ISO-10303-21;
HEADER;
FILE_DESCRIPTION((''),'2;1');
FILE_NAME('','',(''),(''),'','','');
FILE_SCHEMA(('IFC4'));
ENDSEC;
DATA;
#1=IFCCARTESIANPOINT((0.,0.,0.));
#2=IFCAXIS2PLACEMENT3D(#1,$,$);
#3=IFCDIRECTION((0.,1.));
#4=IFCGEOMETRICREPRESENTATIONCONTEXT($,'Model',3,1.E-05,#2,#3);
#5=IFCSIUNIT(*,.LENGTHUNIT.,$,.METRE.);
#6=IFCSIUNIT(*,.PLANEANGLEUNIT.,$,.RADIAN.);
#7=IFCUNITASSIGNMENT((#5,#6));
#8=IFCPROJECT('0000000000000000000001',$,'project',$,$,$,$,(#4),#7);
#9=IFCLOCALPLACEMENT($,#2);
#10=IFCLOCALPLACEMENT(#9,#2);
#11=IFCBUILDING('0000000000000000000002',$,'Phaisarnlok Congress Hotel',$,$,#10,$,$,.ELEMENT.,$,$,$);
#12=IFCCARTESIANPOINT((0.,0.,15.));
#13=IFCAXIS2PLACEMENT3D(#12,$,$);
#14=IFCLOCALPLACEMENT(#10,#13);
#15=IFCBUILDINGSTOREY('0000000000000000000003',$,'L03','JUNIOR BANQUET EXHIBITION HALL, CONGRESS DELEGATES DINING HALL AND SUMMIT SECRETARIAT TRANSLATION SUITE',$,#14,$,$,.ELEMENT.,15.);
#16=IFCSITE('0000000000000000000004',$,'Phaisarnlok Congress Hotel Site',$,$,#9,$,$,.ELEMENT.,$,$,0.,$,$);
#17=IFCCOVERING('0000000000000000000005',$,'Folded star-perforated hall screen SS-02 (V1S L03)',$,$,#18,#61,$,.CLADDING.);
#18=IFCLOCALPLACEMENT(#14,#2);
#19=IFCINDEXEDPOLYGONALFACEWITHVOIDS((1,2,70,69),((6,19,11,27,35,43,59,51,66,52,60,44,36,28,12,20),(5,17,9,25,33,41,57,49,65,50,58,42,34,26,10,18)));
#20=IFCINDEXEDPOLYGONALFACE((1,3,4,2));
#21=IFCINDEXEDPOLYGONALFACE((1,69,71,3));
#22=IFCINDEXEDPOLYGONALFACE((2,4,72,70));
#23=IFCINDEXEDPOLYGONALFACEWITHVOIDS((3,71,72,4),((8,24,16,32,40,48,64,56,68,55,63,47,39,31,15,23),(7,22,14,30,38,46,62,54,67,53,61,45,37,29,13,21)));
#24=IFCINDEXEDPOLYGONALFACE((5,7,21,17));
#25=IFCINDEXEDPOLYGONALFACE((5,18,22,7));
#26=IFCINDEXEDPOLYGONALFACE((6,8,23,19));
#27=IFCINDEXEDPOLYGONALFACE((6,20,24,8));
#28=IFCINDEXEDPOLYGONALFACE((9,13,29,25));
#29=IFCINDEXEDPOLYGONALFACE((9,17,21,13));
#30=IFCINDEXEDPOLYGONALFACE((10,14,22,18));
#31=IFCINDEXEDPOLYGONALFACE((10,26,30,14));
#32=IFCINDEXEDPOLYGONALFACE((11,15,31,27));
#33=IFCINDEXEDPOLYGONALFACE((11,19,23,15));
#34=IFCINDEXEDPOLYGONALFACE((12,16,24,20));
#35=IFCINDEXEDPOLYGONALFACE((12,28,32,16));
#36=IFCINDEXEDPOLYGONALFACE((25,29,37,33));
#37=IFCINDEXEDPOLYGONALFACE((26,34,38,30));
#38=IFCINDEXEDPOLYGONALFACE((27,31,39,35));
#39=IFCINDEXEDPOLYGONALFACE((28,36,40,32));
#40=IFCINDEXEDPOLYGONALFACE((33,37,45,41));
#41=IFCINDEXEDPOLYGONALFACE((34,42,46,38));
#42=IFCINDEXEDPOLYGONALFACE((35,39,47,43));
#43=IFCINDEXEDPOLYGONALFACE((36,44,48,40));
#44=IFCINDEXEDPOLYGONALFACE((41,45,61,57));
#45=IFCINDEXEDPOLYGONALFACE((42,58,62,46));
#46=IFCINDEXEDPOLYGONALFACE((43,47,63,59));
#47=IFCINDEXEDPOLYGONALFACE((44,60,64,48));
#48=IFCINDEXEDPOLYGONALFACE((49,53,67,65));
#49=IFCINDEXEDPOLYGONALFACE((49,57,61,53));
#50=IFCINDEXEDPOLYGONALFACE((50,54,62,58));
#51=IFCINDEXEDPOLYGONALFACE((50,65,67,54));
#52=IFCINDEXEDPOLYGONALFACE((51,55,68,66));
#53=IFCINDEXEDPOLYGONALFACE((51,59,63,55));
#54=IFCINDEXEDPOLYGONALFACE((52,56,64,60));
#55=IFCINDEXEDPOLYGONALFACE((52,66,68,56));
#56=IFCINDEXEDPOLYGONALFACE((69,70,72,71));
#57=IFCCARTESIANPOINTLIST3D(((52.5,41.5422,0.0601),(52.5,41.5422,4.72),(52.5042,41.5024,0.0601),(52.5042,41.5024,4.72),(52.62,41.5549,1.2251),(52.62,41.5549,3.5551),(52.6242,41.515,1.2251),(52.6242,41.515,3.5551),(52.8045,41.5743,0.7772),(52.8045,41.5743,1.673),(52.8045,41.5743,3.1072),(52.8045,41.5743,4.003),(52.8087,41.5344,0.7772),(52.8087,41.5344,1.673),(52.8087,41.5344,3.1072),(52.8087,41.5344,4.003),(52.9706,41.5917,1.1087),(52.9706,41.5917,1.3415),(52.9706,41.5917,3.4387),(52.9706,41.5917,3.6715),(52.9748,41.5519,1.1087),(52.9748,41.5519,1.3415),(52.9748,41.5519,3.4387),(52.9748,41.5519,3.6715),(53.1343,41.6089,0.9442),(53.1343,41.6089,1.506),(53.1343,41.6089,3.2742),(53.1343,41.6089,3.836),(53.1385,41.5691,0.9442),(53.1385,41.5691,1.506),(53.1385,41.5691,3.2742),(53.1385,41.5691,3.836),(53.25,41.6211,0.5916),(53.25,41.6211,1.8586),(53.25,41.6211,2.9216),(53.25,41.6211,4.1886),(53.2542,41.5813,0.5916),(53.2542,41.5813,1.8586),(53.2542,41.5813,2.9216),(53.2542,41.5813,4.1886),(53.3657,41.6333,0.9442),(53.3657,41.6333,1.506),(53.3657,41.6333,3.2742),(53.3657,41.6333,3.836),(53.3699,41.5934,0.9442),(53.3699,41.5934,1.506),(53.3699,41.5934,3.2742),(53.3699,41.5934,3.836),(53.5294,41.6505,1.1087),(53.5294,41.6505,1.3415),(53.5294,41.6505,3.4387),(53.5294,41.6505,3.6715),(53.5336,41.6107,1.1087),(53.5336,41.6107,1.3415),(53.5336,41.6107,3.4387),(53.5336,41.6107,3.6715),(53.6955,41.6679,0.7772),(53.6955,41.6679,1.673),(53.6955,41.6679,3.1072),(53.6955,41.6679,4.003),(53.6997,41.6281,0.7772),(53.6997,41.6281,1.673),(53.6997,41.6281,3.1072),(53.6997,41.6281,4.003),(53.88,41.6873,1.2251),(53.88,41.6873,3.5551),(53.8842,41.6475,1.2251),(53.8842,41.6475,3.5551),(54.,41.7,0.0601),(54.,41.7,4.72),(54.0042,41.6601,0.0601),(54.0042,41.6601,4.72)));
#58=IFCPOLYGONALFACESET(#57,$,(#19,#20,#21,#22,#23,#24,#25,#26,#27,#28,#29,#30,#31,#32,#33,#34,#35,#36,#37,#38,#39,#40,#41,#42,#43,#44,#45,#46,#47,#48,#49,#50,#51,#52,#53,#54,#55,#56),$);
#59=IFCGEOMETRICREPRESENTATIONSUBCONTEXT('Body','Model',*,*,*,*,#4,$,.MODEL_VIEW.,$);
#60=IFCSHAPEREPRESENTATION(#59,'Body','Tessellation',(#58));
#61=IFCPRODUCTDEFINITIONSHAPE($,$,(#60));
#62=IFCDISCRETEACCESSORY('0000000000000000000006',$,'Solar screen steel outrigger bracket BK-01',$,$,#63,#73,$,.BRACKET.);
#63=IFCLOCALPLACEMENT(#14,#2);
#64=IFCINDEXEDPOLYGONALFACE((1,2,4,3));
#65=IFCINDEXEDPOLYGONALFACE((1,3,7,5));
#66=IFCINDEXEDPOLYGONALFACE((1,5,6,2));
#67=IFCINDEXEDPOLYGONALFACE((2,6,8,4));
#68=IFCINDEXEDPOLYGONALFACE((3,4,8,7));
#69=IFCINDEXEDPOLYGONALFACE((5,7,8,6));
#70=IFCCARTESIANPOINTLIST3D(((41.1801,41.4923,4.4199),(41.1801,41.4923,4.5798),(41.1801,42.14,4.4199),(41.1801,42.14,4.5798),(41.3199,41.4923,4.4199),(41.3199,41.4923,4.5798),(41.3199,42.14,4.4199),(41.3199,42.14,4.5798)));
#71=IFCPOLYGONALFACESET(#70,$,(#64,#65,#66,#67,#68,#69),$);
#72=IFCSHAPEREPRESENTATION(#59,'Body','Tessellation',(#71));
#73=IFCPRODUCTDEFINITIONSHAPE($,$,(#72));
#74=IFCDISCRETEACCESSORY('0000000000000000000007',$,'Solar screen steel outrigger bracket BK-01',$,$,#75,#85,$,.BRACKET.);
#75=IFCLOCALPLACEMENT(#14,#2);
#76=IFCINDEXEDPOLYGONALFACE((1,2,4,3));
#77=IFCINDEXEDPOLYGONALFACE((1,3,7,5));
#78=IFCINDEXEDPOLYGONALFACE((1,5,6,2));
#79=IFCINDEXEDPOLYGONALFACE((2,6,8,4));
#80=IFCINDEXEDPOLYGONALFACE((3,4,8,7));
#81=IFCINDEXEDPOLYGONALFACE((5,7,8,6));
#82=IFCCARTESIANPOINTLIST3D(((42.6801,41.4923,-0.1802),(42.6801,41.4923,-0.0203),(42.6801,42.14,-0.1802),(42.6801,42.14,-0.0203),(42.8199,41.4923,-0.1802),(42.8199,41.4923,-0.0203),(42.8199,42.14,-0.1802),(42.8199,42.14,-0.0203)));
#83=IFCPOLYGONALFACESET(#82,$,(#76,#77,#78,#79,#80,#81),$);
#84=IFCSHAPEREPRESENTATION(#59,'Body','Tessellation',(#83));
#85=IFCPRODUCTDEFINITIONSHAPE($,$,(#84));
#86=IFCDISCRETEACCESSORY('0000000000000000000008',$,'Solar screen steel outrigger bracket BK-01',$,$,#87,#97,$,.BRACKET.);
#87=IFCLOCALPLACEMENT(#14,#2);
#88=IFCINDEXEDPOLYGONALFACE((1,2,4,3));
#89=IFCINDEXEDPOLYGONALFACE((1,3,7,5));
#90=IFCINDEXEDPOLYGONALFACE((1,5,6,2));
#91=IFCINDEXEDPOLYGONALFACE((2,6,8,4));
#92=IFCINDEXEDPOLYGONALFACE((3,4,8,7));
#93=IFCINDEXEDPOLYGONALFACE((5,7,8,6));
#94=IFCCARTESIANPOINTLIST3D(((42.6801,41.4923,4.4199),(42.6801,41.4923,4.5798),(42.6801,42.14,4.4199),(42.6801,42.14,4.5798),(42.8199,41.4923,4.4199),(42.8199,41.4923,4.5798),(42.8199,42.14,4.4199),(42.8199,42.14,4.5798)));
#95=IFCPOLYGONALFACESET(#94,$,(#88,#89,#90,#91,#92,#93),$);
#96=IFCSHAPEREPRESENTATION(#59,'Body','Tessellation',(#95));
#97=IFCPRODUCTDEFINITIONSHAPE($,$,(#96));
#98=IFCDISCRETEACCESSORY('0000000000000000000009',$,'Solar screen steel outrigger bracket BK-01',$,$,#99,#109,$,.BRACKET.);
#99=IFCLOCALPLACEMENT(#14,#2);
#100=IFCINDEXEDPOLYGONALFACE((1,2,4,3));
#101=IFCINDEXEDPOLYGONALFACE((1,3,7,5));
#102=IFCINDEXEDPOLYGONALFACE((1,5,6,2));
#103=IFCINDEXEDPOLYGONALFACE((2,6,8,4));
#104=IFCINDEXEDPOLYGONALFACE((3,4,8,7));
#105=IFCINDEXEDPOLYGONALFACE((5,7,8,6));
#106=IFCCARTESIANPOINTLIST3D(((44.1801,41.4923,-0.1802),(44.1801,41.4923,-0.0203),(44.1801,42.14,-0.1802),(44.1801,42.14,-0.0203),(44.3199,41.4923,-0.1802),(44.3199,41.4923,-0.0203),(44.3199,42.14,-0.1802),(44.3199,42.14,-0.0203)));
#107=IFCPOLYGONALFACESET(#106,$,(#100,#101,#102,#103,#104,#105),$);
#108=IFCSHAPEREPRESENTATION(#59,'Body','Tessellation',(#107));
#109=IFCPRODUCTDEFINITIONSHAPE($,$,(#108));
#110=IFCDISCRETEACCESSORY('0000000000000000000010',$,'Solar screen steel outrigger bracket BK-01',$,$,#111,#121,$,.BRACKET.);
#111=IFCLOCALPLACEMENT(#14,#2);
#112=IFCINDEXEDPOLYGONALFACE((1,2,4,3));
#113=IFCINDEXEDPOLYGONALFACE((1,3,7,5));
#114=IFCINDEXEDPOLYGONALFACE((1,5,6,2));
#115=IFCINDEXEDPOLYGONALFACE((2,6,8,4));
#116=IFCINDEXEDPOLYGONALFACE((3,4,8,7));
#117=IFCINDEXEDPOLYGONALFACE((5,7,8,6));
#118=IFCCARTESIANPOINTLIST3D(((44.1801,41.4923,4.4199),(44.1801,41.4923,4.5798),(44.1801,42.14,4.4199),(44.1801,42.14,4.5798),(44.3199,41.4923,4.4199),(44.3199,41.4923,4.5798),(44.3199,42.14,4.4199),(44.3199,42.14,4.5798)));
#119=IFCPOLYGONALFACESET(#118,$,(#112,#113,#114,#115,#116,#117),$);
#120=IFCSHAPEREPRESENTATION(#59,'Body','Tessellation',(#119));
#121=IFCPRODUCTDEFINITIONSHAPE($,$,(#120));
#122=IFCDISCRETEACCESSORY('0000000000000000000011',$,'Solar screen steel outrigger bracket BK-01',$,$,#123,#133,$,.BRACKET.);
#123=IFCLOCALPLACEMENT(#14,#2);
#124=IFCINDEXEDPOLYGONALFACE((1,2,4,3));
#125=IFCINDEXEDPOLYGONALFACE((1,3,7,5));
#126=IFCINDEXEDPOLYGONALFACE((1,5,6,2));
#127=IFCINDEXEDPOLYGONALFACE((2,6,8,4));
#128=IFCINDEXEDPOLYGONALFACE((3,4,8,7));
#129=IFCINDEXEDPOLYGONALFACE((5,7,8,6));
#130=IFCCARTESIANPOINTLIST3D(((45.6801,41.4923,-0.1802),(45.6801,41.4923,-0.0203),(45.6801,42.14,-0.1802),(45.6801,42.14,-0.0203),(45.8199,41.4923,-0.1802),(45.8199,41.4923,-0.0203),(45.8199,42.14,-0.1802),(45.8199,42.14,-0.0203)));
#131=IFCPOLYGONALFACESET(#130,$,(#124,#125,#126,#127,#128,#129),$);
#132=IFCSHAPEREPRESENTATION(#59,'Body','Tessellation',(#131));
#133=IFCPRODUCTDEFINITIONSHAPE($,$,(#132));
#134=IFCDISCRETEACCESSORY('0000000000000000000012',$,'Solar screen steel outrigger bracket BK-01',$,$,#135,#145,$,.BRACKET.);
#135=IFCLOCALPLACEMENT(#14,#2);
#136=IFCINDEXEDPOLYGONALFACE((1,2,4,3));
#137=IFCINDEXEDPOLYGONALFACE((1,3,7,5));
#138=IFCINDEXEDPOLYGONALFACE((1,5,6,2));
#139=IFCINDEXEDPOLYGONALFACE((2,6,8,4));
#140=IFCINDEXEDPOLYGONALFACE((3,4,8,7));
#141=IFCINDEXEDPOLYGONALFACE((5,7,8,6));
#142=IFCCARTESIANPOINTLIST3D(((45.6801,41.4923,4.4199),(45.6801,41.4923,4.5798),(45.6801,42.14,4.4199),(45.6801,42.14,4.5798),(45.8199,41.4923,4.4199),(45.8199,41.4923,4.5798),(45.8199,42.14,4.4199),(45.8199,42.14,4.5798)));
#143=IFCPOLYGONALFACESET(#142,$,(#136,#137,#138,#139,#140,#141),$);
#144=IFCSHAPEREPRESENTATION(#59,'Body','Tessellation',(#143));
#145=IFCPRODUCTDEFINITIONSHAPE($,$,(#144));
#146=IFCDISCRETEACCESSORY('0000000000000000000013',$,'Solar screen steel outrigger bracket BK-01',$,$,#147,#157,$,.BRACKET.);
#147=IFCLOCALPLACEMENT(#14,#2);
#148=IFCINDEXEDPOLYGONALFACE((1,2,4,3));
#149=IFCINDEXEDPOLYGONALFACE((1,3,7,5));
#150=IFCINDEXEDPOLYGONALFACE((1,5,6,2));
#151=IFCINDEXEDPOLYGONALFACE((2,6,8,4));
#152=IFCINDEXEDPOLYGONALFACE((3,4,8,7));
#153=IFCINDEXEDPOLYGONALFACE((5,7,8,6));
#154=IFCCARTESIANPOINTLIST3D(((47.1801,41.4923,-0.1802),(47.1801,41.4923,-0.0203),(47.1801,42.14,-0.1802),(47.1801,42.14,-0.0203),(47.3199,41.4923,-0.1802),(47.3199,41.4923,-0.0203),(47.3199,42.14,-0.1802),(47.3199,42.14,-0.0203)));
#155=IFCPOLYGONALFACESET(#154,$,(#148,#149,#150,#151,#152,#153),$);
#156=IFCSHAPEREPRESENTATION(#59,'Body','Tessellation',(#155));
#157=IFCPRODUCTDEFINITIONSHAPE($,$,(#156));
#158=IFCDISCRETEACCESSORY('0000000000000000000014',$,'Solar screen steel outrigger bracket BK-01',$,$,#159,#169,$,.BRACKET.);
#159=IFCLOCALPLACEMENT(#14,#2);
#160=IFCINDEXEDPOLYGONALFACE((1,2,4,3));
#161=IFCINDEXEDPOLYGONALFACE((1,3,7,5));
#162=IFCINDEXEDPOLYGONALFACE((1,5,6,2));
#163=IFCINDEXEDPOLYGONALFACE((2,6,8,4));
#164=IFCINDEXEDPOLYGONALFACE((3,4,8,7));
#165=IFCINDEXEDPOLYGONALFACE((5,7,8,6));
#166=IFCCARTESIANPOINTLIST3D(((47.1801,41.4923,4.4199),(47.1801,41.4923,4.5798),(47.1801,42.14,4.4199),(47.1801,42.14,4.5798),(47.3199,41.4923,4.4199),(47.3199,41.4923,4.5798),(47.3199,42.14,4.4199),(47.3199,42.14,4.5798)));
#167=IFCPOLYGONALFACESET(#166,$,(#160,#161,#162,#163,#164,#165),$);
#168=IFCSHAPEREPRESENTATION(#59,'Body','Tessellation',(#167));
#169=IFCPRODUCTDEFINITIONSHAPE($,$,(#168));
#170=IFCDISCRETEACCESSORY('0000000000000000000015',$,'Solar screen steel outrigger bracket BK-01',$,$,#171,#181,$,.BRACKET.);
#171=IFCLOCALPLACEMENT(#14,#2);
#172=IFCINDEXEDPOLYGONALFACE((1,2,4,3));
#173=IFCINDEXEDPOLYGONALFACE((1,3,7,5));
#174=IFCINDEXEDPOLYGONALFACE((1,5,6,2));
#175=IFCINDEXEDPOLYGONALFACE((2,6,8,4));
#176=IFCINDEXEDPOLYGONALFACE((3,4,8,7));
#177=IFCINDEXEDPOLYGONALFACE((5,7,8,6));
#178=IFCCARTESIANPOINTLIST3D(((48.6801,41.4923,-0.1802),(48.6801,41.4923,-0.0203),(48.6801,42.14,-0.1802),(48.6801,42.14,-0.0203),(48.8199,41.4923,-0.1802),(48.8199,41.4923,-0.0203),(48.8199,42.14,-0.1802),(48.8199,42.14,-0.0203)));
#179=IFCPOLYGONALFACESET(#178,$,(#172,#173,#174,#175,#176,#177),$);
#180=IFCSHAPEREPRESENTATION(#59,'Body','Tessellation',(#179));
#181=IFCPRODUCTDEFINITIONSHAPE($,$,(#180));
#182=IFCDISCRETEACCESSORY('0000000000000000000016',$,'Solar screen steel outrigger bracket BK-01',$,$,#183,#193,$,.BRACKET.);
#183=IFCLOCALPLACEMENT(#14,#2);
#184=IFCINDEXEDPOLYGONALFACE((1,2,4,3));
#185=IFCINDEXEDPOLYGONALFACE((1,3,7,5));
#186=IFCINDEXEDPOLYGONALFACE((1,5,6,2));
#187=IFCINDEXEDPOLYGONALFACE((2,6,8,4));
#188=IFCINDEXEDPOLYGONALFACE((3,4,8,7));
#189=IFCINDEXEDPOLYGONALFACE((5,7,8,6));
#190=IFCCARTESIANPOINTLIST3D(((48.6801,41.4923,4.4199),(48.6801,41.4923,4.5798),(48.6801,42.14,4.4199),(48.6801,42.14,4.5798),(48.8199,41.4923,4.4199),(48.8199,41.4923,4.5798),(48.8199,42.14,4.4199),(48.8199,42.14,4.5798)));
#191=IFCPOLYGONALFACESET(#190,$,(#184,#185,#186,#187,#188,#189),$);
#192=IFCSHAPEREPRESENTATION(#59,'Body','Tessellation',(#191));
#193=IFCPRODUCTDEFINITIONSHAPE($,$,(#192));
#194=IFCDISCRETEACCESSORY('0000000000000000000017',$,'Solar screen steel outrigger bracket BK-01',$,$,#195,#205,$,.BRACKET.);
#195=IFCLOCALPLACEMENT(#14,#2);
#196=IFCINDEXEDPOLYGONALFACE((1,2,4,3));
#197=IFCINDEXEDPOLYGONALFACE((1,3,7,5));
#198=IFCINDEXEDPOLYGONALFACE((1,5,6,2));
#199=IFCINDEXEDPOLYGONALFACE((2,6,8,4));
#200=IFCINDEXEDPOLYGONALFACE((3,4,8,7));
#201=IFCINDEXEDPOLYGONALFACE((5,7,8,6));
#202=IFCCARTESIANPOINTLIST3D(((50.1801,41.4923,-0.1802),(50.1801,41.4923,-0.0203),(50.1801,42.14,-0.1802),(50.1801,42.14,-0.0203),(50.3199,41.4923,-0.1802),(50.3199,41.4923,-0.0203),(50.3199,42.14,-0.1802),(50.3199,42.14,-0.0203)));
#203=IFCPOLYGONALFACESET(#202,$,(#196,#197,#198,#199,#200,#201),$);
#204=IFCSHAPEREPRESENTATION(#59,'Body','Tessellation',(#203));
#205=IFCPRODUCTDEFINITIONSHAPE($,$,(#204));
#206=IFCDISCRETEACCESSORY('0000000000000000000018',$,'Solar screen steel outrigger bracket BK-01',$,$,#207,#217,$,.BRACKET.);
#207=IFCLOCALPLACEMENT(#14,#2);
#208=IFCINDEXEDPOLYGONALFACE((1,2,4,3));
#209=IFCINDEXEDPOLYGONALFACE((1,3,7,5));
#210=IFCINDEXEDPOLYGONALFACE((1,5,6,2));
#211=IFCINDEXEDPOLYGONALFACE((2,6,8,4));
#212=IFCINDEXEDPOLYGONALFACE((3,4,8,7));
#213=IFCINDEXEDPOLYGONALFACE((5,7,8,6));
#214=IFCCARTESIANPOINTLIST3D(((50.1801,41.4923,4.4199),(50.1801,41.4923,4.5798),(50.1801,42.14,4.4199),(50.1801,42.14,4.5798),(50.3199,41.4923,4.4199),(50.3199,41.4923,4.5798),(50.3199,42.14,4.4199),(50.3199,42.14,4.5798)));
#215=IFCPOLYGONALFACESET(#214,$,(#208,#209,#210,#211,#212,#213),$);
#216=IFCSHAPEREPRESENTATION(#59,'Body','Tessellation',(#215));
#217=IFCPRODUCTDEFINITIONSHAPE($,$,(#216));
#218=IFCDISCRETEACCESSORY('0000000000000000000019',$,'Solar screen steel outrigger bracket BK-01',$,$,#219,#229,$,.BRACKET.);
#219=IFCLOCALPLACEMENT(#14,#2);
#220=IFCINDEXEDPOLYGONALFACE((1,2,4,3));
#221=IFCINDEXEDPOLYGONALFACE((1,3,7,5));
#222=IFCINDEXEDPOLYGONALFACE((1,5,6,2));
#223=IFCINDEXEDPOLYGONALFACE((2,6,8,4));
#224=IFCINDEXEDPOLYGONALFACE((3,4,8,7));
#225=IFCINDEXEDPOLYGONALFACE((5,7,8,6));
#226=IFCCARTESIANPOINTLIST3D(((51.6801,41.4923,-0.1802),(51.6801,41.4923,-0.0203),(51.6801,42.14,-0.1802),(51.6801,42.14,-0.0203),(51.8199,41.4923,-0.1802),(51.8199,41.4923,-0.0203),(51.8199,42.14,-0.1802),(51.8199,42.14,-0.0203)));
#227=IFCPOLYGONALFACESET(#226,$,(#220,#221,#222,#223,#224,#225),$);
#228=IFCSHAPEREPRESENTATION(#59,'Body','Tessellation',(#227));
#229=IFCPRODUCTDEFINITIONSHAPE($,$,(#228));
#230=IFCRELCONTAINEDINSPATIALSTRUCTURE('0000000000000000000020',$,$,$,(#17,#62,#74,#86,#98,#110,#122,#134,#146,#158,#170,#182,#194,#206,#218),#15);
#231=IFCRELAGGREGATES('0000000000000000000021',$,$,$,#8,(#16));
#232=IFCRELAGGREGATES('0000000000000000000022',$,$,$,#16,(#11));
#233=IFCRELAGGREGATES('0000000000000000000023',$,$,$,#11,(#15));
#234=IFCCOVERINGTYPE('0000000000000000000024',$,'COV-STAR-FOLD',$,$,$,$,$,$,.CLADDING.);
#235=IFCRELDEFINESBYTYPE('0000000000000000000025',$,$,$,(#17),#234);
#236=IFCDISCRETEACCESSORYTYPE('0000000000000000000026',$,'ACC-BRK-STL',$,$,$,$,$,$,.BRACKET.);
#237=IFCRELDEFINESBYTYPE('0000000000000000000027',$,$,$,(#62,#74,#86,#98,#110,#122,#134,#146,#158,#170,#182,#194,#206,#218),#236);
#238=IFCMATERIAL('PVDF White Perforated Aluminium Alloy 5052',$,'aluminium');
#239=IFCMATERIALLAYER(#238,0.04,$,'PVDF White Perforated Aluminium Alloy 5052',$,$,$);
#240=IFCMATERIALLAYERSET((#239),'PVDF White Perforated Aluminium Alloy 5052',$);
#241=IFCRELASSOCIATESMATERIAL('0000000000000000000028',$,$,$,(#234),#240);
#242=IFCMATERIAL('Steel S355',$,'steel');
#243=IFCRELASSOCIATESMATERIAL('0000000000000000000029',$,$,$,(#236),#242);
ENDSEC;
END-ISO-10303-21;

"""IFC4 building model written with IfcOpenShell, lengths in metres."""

from ifc_helpers import new_model, si_unit, direction, frame, origin, origin_2d, place, context, subcontext, project, spatial, polyline, rectangle, outline, extrude, material, layer, layer_set, type_object, element, save


model = new_model("IFC4")

# Units and contexts
model_context = context("Model", 3, precision=1e-05, world=origin(), true_north=direction((0.0, 1.0)))
body_context = subcontext(model_context, "Body", "Model", "MODEL_VIEW")
ifc_project = project(units=[si_unit("LENGTHUNIT", "METRE"), si_unit("PLANEANGLEUNIT", "RADIAN")], contexts=[model_context])

# Site, building, storey
site_placement = place(None, origin())
site = spatial("IfcSite", under=ifc_project, at=site_placement, Name="Phaisarnlok Congress Hotel Site", CompositionType="ELEMENT", RefElevation=0.0)
building_placement = place(site_placement, origin())
building = spatial("IfcBuilding", under=site, at=building_placement, Name="Phaisarnlok Congress Hotel", CompositionType="ELEMENT")
storey_placement = place(building_placement, frame((0.0, 0.0, 15.0)))
storey = spatial("IfcBuildingStorey", under=building, at=storey_placement, Name="L03", Description="JUNIOR BANQUET EXHIBITION HALL, CONGRESS DELEGATES DINING HALL AND SUMMIT SECRETARIAT TRANSLATION SUITE", CompositionType="ELEMENT", Elevation=15.0)

# Covering
ifc_material_1 = material(Name="PVDF White Perforated Aluminium Alloy 5052", Category="aluminium")
ifc_layer_1 = layer(ifc_material_1, 0.04, Name="PVDF White Perforated Aluminium Alloy 5052")
ifc_layer_set_1 = layer_set([ifc_layer_1], Name="PVDF White Perforated Aluminium Alloy 5052")
covering_type = type_object("IfcCoveringType", Name="COV-STAR-FOLD", PredefinedType="CLADDING", material=ifc_layer_set_1)
for number, where, z_axis, x_axis, name in (
    (1, (52.5, 41.5422, 0.0601), (0.104567, -0.994518, 0.0), (0.994518, 0.104567, 0.0), "Folded star-perforated hall screen SS-02 (V1S L03)"),
):
    element("IfcCovering", number, at=place(storey_placement, frame(where, z_axis=z_axis, x_axis=x_axis)), inside=storey, type_object=covering_type, Name=name, PredefinedType="CLADDING", context=body_context, shape_type="SweptSolid", body=[
        extrude(outline(polyline([(0.0, 0.0), (1.5083, 0.0), (1.5083, 4.6599), (0.0, 4.6599), (0.0, 0.0)]), holes=[polyline([(1.0351, 1.0486), (1.2021, 0.7171), (0.8705, 0.8841), (0.7541, 0.5315), (0.6378, 0.8841), (0.3062, 0.7171), (0.4732, 1.0486), (0.1207, 1.165), (0.4732, 1.2814), (0.3062, 1.6129), (0.6378, 1.4459), (0.7541, 1.7985), (0.8705, 1.4459), (1.2021, 1.6129), (1.0351, 1.2814), (1.3876, 1.165), (1.0351, 1.0486)]), polyline([(1.0351, 3.3786), (1.2021, 3.0471), (0.8705, 3.2141), (0.7541, 2.8615), (0.6378, 3.2141), (0.3062, 3.0471), (0.4732, 3.3786), (0.1207, 3.495), (0.4732, 3.6114), (0.3062, 3.9429), (0.6378, 3.7759), (0.7541, 4.1285), (0.8705, 3.7759), (1.2021, 3.9429), (1.0351, 3.6114), (1.3876, 3.495), (1.0351, 3.3786)])]), origin(), (0.0, 0.0, 1.0), 0.04),
    ])

# Discrete accessories
ifc_material_2 = material(Name="Steel S355", Category="steel")
discrete_accessory_type = type_object("IfcDiscreteAccessoryType", Name="ACC-BRK-STL", PredefinedType="BRACKET", material=ifc_material_2)
for number, where, z_axis, x_axis, name in (
    (2, (41.25, 41.8162, 4.4199), (0.0, 0.0, 1.0), (1.0, 0.0, 0.0), "Solar screen steel outrigger bracket BK-01"),
    (3, (42.75, 41.8162, -0.1802), (0.0, 0.0, 1.0), (1.0, 0.0, 0.0), "Solar screen steel outrigger bracket BK-01"),
    (4, (42.75, 41.8162, 4.4199), (0.0, 0.0, 1.0), (1.0, 0.0, 0.0), "Solar screen steel outrigger bracket BK-01"),
    (5, (44.25, 41.8162, -0.1802), (0.0, 0.0, 1.0), (1.0, 0.0, 0.0), "Solar screen steel outrigger bracket BK-01"),
    (6, (44.25, 41.8162, 4.4199), (0.0, 0.0, 1.0), (1.0, 0.0, 0.0), "Solar screen steel outrigger bracket BK-01"),
    (7, (45.75, 41.8162, -0.1802), (0.0, 0.0, 1.0), (1.0, 0.0, 0.0), "Solar screen steel outrigger bracket BK-01"),
    (8, (45.75, 41.8162, 4.4199), (0.0, 0.0, 1.0), (1.0, 0.0, 0.0), "Solar screen steel outrigger bracket BK-01"),
    (9, (47.25, 41.8162, -0.1802), (0.0, 0.0, 1.0), (1.0, 0.0, 0.0), "Solar screen steel outrigger bracket BK-01"),
    (10, (47.25, 41.8162, 4.4199), (0.0, 0.0, 1.0), (1.0, 0.0, 0.0), "Solar screen steel outrigger bracket BK-01"),
    (11, (48.75, 41.8162, -0.1802), (0.0, 0.0, 1.0), (1.0, 0.0, 0.0), "Solar screen steel outrigger bracket BK-01"),
    (12, (48.75, 41.8162, 4.4199), (0.0, 0.0, 1.0), (1.0, 0.0, 0.0), "Solar screen steel outrigger bracket BK-01"),
    (13, (50.25, 41.8162, -0.1802), (0.0, 0.0, 1.0), (1.0, 0.0, 0.0), "Solar screen steel outrigger bracket BK-01"),
    (14, (50.25, 41.8162, 4.4199), (0.0, 0.0, 1.0), (1.0, 0.0, 0.0), "Solar screen steel outrigger bracket BK-01"),
    (15, (51.75, 41.8162, -0.1802), (0.0, 0.0, 1.0), (1.0, 0.0, 0.0), "Solar screen steel outrigger bracket BK-01"),
):
    element("IfcDiscreteAccessory", number, at=place(storey_placement, frame(where, z_axis=z_axis, x_axis=x_axis)), inside=storey, type_object=discrete_accessory_type, Name=name, PredefinedType="BRACKET", context=body_context, shape_type="SweptSolid", body=[
        extrude(rectangle(XDim=0.1399, YDim=0.6477, at=origin_2d()), origin(), (0.0, 0.0, 1.0), 0.1599),
    ])

save(model, "model.ifc")
